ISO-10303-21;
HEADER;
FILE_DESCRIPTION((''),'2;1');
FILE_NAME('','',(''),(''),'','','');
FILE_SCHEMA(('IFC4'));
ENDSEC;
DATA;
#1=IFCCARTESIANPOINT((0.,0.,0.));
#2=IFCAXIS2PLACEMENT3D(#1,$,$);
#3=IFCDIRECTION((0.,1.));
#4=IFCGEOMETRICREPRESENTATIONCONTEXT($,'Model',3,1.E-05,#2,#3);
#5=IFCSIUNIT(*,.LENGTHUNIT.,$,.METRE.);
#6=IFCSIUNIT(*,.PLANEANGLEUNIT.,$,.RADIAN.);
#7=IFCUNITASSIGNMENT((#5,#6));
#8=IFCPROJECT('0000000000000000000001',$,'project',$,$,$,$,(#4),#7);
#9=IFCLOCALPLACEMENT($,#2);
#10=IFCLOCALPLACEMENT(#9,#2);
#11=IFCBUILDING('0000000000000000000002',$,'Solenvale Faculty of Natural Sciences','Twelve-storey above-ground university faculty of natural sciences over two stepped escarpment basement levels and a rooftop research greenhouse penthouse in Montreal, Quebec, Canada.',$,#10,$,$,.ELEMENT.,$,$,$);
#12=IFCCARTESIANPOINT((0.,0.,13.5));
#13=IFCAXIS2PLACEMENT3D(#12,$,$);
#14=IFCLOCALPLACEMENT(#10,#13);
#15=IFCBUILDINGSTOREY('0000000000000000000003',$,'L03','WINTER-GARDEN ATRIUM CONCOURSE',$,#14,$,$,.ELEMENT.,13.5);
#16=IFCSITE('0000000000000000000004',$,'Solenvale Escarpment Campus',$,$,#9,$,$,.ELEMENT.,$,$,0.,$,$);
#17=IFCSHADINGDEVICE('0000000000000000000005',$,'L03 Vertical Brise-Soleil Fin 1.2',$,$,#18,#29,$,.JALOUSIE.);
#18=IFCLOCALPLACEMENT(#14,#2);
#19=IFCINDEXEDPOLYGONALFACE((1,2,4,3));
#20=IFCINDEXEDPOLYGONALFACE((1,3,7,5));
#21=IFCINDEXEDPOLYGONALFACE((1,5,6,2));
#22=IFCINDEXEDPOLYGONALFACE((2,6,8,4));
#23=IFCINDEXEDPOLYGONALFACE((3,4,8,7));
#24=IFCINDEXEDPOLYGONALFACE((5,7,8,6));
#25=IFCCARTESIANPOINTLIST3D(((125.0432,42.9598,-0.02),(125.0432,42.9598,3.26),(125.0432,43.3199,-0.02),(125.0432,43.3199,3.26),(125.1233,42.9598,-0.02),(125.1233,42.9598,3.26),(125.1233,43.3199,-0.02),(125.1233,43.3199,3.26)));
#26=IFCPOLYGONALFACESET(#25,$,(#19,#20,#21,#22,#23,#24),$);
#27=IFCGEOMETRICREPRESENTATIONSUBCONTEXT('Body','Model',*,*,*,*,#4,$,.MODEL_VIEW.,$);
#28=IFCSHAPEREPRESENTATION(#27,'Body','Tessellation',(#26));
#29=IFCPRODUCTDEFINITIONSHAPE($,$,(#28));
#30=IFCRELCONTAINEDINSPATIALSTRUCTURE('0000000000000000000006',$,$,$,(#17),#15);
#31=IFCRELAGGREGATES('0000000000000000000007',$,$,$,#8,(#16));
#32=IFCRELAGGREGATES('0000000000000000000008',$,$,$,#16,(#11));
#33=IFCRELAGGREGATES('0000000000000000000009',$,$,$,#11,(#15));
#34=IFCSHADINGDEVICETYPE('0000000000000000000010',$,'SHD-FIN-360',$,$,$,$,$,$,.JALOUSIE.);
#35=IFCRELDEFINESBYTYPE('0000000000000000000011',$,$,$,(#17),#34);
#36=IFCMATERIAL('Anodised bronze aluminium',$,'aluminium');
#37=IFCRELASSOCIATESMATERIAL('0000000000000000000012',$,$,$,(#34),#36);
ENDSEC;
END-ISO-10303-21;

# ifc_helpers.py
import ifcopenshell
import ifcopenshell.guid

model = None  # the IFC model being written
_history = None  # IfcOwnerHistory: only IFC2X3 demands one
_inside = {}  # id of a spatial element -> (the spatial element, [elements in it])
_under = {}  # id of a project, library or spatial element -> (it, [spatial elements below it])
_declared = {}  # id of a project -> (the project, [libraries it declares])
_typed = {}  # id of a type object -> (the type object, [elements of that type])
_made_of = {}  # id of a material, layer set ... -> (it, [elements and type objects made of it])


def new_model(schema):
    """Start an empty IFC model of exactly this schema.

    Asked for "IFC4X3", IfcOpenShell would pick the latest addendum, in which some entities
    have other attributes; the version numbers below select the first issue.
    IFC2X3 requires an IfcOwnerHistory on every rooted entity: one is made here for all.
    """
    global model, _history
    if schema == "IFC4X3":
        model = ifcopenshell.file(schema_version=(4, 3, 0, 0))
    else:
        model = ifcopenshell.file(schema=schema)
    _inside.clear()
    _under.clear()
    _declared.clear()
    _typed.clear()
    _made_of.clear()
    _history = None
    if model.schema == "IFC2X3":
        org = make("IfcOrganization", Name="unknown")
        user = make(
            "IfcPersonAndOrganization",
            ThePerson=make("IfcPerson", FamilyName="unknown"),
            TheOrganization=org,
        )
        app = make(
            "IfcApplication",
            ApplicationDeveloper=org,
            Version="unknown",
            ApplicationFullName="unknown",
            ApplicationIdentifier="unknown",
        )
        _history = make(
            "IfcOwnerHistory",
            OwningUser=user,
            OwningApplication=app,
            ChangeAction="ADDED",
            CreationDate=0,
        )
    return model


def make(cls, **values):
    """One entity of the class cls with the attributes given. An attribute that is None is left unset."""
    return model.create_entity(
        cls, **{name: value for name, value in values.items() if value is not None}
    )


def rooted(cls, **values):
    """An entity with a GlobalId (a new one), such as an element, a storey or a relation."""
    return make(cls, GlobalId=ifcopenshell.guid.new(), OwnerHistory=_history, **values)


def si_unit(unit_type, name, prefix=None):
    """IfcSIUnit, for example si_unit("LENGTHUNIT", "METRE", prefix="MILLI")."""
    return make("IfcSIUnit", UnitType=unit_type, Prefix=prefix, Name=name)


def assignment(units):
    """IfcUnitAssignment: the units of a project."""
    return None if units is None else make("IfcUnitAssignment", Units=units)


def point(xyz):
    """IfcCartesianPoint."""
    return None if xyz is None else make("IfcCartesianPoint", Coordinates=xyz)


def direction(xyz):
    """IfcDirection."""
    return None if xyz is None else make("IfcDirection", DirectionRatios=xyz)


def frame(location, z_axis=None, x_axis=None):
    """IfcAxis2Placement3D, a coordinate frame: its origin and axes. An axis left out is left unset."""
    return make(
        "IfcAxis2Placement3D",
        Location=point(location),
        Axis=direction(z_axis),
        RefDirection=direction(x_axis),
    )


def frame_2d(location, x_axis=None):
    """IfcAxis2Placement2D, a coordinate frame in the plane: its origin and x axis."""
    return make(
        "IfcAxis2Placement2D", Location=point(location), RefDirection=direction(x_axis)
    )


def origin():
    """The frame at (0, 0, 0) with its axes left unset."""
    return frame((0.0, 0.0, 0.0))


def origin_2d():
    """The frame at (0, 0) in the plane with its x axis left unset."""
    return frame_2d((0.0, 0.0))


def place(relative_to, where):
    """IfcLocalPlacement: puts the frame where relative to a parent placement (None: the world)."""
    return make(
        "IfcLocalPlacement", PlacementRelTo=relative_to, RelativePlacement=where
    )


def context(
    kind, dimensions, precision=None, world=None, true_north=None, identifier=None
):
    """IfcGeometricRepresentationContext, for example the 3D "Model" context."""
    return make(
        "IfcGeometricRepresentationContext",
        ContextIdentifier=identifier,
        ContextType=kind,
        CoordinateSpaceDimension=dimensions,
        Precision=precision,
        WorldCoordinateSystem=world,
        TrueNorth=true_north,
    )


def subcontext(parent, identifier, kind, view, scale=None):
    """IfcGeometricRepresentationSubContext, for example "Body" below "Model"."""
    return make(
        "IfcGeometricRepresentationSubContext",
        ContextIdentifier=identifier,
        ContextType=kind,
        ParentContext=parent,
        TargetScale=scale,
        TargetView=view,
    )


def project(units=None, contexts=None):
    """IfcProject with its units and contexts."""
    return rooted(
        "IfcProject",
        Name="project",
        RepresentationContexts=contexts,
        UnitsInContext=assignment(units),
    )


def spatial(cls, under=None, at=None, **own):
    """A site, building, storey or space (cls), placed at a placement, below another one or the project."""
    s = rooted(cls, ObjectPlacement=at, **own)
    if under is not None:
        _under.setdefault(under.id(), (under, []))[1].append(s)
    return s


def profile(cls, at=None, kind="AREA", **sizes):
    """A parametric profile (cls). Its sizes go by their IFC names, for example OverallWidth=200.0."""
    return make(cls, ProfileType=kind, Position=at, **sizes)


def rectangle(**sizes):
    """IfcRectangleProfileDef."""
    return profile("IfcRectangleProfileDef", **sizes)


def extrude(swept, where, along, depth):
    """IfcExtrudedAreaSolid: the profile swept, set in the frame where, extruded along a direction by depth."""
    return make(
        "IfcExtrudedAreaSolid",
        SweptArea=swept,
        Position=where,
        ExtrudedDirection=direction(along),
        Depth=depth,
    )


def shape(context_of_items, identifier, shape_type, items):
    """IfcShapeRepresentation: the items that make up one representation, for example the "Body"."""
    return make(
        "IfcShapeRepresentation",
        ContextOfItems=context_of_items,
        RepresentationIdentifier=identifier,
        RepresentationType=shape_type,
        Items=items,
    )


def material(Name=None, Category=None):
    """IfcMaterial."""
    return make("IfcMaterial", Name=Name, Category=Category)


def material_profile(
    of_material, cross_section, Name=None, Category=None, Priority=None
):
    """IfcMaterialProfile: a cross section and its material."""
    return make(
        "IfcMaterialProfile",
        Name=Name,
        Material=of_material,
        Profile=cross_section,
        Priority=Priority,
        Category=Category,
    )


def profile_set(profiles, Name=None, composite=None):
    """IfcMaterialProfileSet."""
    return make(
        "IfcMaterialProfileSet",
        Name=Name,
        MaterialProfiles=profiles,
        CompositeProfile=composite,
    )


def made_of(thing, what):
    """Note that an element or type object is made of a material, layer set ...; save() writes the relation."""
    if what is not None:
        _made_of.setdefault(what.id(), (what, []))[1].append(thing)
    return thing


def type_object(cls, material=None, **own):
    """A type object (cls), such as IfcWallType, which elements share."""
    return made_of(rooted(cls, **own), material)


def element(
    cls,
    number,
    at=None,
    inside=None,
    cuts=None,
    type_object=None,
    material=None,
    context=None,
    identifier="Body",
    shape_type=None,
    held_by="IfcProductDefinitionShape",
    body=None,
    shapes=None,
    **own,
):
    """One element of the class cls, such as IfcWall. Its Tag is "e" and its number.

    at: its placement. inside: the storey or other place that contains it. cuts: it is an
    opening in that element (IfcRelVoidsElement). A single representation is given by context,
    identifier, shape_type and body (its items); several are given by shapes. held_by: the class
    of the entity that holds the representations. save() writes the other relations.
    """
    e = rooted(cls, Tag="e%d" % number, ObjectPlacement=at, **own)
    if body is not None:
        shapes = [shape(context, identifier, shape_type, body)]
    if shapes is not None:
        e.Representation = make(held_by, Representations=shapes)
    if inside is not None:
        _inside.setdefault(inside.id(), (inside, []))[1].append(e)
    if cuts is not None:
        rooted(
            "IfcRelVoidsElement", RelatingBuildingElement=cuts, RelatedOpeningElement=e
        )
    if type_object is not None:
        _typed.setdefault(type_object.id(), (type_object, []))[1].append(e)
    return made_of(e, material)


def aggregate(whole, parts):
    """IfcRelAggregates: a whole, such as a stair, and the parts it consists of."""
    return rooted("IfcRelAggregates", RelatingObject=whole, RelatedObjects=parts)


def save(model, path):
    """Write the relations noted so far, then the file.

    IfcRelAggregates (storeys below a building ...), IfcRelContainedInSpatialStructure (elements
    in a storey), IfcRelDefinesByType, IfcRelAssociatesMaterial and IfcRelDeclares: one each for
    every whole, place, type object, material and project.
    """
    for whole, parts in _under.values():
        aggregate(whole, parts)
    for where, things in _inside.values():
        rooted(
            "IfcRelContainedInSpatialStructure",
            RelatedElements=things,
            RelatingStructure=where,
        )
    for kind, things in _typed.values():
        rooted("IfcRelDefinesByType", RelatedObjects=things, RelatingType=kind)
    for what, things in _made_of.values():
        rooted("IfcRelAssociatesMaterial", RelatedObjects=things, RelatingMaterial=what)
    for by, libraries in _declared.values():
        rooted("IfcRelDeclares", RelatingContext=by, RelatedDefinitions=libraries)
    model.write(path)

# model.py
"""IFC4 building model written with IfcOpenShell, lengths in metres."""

from ifc_helpers import new_model, si_unit, direction, frame, origin, origin_2d, place, context, subcontext, project, spatial, rectangle, extrude, material, material_profile, profile_set, type_object, element, save


model = new_model("IFC4")

# Units and contexts
model_context = context("Model", 3, precision=1e-05, world=origin(), true_north=direction((0.0, 1.0)))
body_context = subcontext(model_context, "Body", "Model", "MODEL_VIEW")
ifc_project = project(units=[si_unit("LENGTHUNIT", "METRE"), si_unit("PLANEANGLEUNIT", "RADIAN")], contexts=[model_context])

# Site, building, storey
site_placement = place(None, origin())
site = spatial("IfcSite", under=ifc_project, at=site_placement, Name="Solenvale Escarpment Campus", CompositionType="ELEMENT", RefElevation=0.0)
building_placement = place(site_placement, origin())
building = spatial("IfcBuilding", under=site, at=building_placement, Name="Solenvale Faculty of Natural Sciences", Description="Twelve-storey above-ground university faculty of natural sciences over two stepped escarpment basement levels and a rooftop research greenhouse penthouse in Montreal, Quebec, Canada.", CompositionType="ELEMENT")
storey_placement = place(building_placement, frame((0.0, 0.0, 13.5)))
storey = spatial("IfcBuildingStorey", under=building, at=storey_placement, Name="L03", Description="WINTER-GARDEN ATRIUM CONCOURSE", CompositionType="ELEMENT", Elevation=13.5)

# Shared definitions
ifc_material_1 = material(Name="Anodised bronze aluminium", Category="aluminium")

# Shading device
ifc_material_profile_1 = material_profile(ifc_material_1, rectangle(XDim=0.0801, YDim=0.3601, at=origin_2d()), Name="ALU-FIN-80x360")
ifc_profile_set_1 = profile_set([ifc_material_profile_1], Name="Anodised bronze aluminium")
shading_device_type = type_object("IfcShadingDeviceType", Name="SHD-FIN-360", PredefinedType="JALOUSIE", material=ifc_profile_set_1)
shading_device_placement = place(storey_placement, frame((125.0833, 43.1399, -0.02), z_axis=(0.0, 0.0, 1.0), x_axis=(1.0, 0.0, 0.0)))
element("IfcShadingDevice", 1, at=shading_device_placement, inside=storey, type_object=shading_device_type, Name="L03 Vertical Brise-Soleil Fin 1.2", PredefinedType="JALOUSIE", context=body_context, shape_type="SweptSolid", body=[
    extrude(rectangle(XDim=0.0801, YDim=0.3601, at=origin_2d()), origin(), (0.0, 0.0, 1.0), 3.28),
])

save(model, "model.ifc")
